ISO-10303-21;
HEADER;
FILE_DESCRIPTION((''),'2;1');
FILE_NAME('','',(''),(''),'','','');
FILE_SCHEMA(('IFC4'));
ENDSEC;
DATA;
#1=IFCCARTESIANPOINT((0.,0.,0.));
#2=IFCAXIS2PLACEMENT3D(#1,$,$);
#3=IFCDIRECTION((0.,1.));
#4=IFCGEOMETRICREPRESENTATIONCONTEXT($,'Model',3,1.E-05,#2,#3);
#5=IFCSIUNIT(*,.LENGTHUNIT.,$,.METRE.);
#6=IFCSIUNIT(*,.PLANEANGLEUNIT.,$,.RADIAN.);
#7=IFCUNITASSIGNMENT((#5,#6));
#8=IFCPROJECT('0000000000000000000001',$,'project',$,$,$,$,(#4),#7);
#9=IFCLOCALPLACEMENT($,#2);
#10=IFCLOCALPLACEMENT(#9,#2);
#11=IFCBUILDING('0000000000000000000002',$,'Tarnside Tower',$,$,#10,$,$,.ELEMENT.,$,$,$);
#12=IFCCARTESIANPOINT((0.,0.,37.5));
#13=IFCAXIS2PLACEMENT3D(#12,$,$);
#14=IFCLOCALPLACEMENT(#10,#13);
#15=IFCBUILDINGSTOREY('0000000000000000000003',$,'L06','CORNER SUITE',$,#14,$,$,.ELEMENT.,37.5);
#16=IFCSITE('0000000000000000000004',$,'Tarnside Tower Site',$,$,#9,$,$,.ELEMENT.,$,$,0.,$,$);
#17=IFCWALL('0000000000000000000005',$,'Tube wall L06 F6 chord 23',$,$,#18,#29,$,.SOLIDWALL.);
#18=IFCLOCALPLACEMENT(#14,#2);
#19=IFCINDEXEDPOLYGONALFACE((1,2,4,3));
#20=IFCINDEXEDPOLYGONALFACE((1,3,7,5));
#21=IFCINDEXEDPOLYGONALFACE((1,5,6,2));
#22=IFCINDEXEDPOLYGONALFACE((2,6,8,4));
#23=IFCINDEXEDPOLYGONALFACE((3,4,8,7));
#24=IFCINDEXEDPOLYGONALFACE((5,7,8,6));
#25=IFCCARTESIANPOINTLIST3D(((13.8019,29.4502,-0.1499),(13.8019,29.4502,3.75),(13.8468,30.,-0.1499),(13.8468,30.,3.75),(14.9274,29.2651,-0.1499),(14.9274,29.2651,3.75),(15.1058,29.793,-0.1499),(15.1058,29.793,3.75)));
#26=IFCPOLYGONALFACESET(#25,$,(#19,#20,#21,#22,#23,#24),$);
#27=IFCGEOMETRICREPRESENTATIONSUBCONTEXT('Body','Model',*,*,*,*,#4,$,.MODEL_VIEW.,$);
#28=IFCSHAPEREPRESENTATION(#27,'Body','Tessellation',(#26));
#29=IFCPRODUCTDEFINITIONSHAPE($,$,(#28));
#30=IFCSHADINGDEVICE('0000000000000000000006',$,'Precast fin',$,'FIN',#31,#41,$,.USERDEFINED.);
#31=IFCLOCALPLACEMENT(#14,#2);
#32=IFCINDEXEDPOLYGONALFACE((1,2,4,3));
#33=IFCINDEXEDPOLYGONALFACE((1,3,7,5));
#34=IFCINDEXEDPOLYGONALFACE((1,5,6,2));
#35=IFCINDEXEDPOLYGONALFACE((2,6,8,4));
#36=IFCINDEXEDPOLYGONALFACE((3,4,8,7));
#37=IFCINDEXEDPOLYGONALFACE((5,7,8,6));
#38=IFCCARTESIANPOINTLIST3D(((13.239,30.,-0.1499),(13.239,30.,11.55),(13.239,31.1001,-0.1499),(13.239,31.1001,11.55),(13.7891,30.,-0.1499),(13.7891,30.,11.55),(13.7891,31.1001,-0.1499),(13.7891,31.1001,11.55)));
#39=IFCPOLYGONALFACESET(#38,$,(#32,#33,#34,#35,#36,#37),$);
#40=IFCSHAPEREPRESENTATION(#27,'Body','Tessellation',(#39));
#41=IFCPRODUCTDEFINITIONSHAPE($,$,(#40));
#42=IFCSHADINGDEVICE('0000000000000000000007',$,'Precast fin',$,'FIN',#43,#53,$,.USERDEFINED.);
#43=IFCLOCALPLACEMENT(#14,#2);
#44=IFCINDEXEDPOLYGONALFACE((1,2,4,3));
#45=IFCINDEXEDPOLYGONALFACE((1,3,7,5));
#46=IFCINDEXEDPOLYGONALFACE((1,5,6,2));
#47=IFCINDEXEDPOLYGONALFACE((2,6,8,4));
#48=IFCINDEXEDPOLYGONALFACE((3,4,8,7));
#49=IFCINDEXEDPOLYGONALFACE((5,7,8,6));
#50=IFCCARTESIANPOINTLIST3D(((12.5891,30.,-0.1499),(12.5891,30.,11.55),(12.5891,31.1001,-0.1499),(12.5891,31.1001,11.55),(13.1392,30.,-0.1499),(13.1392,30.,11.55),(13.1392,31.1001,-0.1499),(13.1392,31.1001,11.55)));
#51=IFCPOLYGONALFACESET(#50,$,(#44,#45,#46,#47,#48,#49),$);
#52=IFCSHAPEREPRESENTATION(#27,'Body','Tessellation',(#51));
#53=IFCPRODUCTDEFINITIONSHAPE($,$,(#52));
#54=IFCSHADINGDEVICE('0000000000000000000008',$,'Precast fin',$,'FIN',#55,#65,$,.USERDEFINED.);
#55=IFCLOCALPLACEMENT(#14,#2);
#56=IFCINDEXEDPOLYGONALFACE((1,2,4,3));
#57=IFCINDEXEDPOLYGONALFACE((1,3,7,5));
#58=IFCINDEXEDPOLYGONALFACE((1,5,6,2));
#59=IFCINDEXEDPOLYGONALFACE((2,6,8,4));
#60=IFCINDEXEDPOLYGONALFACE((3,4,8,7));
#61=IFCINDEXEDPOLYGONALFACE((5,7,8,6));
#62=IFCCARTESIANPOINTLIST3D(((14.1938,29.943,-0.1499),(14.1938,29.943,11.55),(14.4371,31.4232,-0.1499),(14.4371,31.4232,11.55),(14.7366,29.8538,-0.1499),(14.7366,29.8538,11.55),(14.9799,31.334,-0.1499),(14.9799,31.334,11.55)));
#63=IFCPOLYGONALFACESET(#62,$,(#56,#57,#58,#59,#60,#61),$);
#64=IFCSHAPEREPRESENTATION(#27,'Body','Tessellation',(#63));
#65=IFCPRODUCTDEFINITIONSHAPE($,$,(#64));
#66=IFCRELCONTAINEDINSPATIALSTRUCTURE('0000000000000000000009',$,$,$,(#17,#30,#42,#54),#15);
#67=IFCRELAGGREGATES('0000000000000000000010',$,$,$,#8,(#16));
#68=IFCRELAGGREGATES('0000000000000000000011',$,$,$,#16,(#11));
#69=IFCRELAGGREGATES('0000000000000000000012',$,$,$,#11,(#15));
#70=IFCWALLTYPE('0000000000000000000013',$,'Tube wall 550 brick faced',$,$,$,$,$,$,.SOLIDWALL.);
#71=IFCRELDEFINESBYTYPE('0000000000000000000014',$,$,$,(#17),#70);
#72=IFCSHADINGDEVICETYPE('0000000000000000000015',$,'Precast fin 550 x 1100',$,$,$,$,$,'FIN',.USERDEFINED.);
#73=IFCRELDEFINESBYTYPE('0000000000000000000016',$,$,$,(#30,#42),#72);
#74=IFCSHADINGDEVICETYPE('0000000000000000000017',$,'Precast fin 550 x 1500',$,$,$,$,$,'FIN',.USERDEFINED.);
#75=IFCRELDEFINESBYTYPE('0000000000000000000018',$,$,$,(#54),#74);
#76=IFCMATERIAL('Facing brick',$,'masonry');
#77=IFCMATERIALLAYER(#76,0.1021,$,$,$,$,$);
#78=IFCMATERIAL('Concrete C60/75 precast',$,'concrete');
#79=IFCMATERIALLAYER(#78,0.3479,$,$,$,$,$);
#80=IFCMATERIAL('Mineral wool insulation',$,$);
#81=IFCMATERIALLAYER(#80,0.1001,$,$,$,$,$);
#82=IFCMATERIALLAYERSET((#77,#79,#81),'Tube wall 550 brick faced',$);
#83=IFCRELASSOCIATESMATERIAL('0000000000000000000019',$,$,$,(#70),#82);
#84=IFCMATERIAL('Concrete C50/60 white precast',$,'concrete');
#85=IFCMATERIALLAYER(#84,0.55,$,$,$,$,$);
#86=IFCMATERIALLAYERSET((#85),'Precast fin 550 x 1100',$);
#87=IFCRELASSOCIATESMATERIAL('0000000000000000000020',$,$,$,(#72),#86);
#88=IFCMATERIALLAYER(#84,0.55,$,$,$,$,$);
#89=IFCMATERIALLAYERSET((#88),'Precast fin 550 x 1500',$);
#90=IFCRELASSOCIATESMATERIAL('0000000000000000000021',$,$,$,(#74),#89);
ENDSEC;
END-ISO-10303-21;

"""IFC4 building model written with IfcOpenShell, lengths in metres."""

from ifc_helpers import new_model, si_unit, direction, frame, origin, place, context, subcontext, project, spatial, polyline, outline, extrude, material, layer, layer_set, type_object, element, save


model = new_model("IFC4")

# Units and contexts
model_context = context("Model", 3, precision=1e-05, world=origin(), true_north=direction((0.0, 1.0)))
body_context = subcontext(model_context, "Body", "Model", "MODEL_VIEW")
ifc_project = project(units=[si_unit("LENGTHUNIT", "METRE"), si_unit("PLANEANGLEUNIT", "RADIAN")], contexts=[model_context])

# Site, building, storey
site_placement = place(None, origin())
site = spatial("IfcSite", under=ifc_project, at=site_placement, Name="Tarnside Tower Site", CompositionType="ELEMENT", RefElevation=0.0)
building_placement = place(site_placement, origin())
building = spatial("IfcBuilding", under=site, at=building_placement, Name="Tarnside Tower", CompositionType="ELEMENT")
storey_placement = place(building_placement, frame((0.0, 0.0, 37.5)))
storey = spatial("IfcBuildingStorey", under=building, at=storey_placement, Name="L06", Description="CORNER SUITE", CompositionType="ELEMENT", Elevation=37.5)

# Shared definitions
ifc_material_1 = material(Name="Facing brick", Category="masonry")
ifc_layer_1 = layer(ifc_material_1, 0.1021)
ifc_material_2 = material(Name="Concrete C60/75 precast", Category="concrete")
ifc_layer_2 = layer(ifc_material_2, 0.3479)
ifc_material_3 = material(Name="Mineral wool insulation")
ifc_layer_3 = layer(ifc_material_3, 0.1001)
ifc_layer_set_1 = layer_set([ifc_layer_1, ifc_layer_2, ifc_layer_3], Name="Tube wall 550 brick faced")
wall_type_1 = type_object("IfcWallType", Name="Tube wall 550 brick faced", PredefinedType="SOLIDWALL", material=ifc_layer_set_1)

# Wall
wall_1_placement = place(storey_placement, frame((15.0166, 29.5291, -0.1499), z_axis=(0.0, 0.0, 1.0), x_axis=(-0.986747, 0.162269, 0.0)))
element("IfcWall", 1, at=wall_1_placement, inside=storey, type_object=wall_type_1, Name="Tube wall L06 F6 chord 23", PredefinedType="SOLIDWALL", context=body_context, shape_type="SweptSolid", body=[
    extrude(outline(polyline([(-0.0452, -0.2749), (1.2307, -0.2749), (1.1858, 0.2749), (0.0452, 0.2749), (-0.0452, -0.2749)])), origin(), (0.0, 0.0, 1.0), 3.8999),
])

# Shading devices
ifc_material_4 = material(Name="Concrete C50/60 white precast", Category="concrete")
ifc_layer_4 = layer(ifc_material_4, 0.55)
ifc_layer_set_2 = layer_set([ifc_layer_4], Name="Precast fin 550 x 1100")
shading_device_type_1 = type_object("IfcShadingDeviceType", Name="Precast fin 550 x 1100", ElementType="FIN", PredefinedType="USERDEFINED", material=ifc_layer_set_2)
for number, where, z_axis, x_axis, name in (
    (2, (13.5139, 30.0, -0.1499), (1.0, 0.0, 0.0), (0.0, 1.0, 0.0), "Precast fin"),
    (3, (12.864, 30.0, -0.1499), (1.0, 0.0, 0.0), (0.0, 1.0, 0.0), "Precast fin"),
):
    element("IfcShadingDevice", number, at=place(storey_placement, frame(where, z_axis=z_axis, x_axis=x_axis)), inside=storey, type_object=shading_device_type_1, Name=name, ObjectType="FIN", PredefinedType="USERDEFINED", context=body_context, shape_type="SweptSolid", body=[
        extrude(outline(polyline([(0.0, 0.0), (1.1001, 0.0), (1.1001, 11.7), (0.0, 11.7), (0.0, 0.0)])), frame((0.0, 0.0, -0.2749)), (0.0, 0.0, 1.0), 0.55),
    ])
ifc_layer_5 = layer(ifc_material_4, 0.55)
ifc_layer_set_3 = layer_set([ifc_layer_5], Name="Precast fin 550 x 1500")
shading_device_type_2 = type_object("IfcShadingDeviceType", Name="Precast fin 550 x 1500", ElementType="FIN", PredefinedType="USERDEFINED", material=ifc_layer_set_3)
shading_device_placement = place(storey_placement, frame((14.4651, 29.8984, -0.1499), z_axis=(0.986762, -0.162178, 0.0), x_axis=(0.162178, 0.986762, 0.0)))
element("IfcShadingDevice", 4, at=shading_device_placement, inside=storey, type_object=shading_device_type_2, Name="Precast fin", ObjectType="FIN", PredefinedType="USERDEFINED", context=body_context, shape_type="SweptSolid", body=[
    extrude(outline(polyline([(0.0, 0.0), (1.5, 0.0), (1.5, 11.7), (0.0, 11.7), (0.0, 0.0)])), frame((0.0, 0.0, -0.2749)), (0.0, 0.0, 1.0), 0.55),
])

save(model, "model.ifc")
